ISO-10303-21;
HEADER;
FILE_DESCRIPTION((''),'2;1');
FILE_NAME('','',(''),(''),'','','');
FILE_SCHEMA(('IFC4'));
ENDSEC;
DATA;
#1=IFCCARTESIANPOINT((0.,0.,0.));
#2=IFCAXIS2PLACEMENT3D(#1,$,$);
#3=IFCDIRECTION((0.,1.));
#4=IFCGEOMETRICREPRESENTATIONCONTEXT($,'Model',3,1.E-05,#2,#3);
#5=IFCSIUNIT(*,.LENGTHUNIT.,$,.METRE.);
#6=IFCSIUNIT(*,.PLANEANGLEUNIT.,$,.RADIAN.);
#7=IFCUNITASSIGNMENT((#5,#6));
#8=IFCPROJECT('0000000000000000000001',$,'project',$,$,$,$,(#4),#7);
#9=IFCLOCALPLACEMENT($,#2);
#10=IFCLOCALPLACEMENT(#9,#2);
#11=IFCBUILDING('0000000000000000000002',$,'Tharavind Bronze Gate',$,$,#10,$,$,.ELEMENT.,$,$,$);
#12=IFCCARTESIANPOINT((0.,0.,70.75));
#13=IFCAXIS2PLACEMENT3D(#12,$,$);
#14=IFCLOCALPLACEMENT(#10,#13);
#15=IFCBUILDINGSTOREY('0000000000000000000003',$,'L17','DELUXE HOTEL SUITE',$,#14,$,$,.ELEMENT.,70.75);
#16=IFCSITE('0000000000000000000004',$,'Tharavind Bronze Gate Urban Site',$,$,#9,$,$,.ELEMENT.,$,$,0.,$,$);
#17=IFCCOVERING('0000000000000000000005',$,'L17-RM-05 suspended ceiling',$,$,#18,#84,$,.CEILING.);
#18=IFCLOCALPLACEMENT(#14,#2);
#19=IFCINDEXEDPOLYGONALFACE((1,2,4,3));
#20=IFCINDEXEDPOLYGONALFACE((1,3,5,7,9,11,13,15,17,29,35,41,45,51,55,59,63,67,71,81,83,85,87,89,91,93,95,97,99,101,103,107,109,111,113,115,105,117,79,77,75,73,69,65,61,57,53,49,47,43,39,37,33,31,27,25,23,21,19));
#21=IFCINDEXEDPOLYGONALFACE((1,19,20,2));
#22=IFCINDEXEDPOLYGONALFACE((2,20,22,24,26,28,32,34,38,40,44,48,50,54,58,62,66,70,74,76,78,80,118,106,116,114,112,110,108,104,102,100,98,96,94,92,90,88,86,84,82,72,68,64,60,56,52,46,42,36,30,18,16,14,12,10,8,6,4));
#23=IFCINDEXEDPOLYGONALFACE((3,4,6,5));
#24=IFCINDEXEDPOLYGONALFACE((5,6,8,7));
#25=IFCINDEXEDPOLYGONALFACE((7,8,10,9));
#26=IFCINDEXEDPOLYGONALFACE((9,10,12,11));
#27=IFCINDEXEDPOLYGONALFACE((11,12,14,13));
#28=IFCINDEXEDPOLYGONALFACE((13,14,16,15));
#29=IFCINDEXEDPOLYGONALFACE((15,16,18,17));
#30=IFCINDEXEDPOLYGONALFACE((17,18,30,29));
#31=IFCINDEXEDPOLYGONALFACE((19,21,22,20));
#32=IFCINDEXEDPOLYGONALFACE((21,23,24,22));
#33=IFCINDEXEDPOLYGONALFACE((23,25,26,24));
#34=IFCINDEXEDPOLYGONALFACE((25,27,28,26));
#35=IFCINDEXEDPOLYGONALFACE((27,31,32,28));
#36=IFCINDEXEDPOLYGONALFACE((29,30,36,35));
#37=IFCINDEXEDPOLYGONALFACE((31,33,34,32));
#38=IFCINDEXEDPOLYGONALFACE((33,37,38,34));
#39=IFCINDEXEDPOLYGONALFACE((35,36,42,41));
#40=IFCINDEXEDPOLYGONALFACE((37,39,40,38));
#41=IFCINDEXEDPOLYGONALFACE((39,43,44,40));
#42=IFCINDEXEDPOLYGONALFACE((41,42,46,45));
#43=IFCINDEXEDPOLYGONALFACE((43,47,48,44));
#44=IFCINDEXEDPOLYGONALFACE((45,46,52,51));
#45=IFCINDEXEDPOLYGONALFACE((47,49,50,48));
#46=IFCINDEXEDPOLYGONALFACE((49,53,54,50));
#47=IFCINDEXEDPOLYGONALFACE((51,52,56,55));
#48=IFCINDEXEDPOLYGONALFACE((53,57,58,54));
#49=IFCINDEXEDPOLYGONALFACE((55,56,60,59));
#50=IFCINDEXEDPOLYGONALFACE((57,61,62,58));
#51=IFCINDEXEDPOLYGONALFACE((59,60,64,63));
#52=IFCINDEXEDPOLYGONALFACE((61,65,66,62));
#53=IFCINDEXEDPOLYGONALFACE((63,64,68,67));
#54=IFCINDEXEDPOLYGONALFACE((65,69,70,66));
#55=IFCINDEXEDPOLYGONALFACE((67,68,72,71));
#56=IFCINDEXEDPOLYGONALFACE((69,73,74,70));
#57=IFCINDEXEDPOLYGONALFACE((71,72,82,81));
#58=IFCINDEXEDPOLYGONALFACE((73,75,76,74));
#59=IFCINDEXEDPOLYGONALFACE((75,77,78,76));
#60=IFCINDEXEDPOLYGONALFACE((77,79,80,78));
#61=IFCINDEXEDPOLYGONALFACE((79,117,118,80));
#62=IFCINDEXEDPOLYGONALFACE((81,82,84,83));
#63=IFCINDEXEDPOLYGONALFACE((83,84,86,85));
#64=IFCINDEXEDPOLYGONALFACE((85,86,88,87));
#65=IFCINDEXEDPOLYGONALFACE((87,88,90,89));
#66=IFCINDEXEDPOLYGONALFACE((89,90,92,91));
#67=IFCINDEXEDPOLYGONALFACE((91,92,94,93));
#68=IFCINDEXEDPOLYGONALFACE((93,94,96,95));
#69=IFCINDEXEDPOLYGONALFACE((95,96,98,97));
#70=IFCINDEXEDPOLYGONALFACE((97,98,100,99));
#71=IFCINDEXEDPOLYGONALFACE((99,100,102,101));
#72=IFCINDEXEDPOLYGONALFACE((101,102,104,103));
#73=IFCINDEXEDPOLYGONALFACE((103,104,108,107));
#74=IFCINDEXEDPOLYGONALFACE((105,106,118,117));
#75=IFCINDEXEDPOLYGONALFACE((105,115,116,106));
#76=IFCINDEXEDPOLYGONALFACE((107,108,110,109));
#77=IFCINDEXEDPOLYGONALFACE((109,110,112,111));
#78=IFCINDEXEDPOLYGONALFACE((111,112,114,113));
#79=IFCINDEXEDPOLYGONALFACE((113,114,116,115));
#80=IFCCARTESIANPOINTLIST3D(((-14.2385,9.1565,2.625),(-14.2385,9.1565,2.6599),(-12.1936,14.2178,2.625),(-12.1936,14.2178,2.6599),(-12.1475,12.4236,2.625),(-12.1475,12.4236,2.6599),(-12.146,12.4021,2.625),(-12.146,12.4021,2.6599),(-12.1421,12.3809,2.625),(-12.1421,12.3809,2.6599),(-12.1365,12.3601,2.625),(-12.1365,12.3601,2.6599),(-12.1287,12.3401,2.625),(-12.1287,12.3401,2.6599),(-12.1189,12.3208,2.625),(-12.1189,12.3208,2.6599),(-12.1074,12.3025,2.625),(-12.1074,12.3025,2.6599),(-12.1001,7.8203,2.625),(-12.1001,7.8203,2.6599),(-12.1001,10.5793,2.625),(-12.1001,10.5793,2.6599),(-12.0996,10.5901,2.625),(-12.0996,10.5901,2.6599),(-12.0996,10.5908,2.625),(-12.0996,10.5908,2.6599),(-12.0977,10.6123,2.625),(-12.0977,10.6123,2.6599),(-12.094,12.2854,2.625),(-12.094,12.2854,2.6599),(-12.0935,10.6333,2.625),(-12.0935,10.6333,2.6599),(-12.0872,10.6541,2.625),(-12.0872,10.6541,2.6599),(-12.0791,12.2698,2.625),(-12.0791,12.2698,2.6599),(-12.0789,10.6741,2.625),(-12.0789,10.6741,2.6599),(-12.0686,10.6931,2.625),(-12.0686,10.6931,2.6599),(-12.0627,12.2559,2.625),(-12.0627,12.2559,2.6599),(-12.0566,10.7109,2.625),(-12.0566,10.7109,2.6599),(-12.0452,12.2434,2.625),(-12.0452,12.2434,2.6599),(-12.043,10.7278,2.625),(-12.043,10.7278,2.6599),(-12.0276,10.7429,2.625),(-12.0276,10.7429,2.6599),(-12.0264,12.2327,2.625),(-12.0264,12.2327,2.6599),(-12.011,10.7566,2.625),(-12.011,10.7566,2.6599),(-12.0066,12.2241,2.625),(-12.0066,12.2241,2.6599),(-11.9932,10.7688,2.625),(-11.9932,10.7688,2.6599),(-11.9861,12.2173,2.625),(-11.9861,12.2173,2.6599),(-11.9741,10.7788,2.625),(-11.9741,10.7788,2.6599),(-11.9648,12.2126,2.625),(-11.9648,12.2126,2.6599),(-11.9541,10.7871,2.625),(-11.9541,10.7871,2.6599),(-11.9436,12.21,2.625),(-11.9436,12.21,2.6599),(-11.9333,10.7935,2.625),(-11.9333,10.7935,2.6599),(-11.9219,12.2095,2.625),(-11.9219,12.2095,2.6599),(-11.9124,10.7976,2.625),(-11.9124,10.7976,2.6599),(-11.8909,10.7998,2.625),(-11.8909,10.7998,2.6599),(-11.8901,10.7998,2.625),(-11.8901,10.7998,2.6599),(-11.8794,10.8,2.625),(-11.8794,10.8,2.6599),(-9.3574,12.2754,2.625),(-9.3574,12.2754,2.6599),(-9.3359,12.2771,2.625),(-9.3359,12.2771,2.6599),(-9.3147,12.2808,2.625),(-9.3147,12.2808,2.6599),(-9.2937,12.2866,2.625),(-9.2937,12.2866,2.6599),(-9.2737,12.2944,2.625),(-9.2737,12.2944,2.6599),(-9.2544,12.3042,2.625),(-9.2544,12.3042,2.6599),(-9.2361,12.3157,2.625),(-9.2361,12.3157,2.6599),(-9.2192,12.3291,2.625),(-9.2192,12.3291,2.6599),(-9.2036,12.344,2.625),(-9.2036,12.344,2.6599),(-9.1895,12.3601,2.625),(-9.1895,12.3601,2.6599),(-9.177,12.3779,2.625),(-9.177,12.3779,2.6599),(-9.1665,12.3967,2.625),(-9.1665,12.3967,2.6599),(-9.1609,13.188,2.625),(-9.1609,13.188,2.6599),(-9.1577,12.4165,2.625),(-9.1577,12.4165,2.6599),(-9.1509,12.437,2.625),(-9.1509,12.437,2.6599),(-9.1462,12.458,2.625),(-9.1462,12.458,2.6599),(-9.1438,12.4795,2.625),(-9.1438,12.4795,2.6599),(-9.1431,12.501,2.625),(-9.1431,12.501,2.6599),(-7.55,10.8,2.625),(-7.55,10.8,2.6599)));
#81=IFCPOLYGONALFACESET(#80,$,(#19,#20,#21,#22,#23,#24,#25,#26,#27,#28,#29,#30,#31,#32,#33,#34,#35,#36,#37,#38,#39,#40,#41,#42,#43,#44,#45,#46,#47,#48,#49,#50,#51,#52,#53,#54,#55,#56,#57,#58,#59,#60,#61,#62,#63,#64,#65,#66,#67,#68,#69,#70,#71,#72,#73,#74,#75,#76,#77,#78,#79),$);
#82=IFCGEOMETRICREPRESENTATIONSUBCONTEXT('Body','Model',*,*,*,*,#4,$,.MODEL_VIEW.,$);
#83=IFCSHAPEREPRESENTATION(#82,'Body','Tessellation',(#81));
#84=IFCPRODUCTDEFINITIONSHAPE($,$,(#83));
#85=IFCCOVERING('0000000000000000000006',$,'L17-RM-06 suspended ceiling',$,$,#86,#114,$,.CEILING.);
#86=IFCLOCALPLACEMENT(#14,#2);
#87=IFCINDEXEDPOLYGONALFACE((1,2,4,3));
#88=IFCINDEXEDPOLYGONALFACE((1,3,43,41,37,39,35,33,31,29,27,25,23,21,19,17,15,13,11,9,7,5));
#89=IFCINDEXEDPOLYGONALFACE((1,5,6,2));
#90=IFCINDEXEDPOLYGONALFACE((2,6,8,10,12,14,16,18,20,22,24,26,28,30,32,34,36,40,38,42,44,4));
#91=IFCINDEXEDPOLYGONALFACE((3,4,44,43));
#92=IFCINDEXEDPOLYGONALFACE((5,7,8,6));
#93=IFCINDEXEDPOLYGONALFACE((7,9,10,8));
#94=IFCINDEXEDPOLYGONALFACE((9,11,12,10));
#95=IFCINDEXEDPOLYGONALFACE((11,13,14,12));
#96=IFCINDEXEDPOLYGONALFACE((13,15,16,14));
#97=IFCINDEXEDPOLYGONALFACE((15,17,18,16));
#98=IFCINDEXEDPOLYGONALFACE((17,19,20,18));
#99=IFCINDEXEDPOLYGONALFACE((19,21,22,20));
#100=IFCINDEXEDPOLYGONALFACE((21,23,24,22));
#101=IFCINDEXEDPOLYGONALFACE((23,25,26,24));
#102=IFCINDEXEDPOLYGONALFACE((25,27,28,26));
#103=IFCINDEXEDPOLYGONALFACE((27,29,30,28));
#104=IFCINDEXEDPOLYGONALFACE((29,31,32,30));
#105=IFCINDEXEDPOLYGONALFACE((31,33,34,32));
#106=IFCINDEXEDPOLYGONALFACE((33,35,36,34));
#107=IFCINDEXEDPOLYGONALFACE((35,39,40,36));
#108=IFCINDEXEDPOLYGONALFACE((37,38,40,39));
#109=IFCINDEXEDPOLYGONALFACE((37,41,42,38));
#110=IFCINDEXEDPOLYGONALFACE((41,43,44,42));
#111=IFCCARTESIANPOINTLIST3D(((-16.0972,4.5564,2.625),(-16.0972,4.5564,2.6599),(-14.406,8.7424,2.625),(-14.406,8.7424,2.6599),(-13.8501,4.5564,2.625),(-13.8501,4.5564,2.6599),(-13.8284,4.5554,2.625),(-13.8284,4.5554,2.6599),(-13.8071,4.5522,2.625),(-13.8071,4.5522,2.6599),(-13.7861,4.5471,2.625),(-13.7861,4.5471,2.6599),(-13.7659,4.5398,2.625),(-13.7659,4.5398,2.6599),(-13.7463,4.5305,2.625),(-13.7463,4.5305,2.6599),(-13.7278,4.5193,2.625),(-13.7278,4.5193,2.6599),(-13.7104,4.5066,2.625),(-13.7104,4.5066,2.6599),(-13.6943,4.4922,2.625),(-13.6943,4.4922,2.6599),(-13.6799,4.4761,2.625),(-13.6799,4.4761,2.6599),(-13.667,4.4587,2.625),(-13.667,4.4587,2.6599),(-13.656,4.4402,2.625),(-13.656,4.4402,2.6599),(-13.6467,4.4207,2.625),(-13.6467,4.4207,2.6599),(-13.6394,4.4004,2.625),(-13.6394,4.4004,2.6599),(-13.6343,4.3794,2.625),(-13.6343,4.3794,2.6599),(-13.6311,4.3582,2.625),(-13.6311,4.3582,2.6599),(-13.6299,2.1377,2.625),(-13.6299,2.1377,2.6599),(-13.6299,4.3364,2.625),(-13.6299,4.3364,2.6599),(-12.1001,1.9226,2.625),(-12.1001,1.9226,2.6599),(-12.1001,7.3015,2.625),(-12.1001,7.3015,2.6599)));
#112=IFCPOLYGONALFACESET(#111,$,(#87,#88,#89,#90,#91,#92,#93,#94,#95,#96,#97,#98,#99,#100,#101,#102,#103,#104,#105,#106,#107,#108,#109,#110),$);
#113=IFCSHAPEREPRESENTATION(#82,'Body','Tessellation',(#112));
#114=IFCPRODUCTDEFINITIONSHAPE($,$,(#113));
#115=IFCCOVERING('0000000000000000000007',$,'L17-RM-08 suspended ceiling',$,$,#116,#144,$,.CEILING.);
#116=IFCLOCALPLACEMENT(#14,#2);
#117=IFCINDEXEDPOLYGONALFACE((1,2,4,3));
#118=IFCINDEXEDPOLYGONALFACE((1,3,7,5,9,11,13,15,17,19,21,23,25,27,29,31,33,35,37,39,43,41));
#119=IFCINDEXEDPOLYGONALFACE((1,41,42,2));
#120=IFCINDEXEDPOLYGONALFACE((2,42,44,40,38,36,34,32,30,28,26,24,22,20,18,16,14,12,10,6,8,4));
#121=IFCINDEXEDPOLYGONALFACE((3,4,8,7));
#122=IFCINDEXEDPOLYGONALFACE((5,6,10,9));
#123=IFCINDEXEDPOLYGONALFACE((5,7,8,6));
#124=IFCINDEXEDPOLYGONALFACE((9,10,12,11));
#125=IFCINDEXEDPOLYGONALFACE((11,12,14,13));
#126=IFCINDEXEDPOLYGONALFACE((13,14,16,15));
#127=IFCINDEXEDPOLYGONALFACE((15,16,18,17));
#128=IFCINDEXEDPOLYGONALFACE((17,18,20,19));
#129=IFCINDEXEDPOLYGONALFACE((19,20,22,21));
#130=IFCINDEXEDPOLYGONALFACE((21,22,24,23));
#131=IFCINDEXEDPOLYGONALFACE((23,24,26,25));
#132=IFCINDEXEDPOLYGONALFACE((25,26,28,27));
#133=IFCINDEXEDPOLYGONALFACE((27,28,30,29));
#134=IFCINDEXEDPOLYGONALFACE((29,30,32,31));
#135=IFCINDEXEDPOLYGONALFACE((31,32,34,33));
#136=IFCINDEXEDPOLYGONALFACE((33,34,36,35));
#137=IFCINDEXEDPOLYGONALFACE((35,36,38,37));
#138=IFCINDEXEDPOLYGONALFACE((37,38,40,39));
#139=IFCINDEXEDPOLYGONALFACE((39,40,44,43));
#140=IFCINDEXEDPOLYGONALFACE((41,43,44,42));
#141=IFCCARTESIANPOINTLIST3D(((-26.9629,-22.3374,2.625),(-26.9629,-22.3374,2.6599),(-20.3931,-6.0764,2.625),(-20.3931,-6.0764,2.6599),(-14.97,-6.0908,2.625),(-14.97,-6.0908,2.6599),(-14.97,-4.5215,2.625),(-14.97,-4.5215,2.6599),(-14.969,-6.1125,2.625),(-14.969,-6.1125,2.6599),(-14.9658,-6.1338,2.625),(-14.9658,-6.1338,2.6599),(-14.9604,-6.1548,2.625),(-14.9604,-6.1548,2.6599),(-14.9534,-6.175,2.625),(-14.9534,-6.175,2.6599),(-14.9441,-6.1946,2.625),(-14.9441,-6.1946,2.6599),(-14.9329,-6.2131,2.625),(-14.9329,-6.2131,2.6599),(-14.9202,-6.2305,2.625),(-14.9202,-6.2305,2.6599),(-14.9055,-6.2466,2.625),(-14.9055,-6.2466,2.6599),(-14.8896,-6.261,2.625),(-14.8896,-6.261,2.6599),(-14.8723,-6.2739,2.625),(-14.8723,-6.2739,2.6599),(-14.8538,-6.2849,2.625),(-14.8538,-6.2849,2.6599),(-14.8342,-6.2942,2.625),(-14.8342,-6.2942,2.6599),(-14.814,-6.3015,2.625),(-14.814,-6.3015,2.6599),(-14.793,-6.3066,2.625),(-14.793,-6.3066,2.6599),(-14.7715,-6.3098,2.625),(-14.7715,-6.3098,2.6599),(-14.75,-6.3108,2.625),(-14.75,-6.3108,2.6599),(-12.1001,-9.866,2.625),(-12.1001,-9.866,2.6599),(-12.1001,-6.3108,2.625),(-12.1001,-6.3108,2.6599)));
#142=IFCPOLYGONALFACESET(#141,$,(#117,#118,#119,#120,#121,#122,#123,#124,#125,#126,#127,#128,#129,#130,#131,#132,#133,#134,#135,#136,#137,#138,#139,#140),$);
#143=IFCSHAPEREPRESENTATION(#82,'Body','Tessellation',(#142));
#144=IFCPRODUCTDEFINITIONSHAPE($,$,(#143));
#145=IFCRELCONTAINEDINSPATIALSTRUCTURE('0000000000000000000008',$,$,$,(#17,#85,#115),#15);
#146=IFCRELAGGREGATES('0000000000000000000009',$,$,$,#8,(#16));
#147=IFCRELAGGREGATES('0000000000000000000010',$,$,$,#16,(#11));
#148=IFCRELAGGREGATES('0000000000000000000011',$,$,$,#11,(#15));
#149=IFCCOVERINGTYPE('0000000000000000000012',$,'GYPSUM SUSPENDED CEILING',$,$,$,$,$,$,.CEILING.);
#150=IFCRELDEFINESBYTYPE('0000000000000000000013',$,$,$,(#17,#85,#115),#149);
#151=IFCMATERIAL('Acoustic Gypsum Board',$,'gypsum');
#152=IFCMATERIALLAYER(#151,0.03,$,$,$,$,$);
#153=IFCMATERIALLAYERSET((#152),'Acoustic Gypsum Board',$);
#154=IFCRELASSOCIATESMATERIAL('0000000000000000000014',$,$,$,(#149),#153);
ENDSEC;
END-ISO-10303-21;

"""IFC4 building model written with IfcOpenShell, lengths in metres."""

from ifc_helpers import new_model, si_unit, direction, frame, origin, place, context, subcontext, project, spatial, polyline, outline, extrude, material, layer, layer_set, type_object, element, save


model = new_model("IFC4")

# Units and contexts
model_context = context("Model", 3, precision=1e-05, world=origin(), true_north=direction((0.0, 1.0)))
body_context = subcontext(model_context, "Body", "Model", "MODEL_VIEW")
ifc_project = project(units=[si_unit("LENGTHUNIT", "METRE"), si_unit("PLANEANGLEUNIT", "RADIAN")], contexts=[model_context])

# Site, building, storey
site_placement = place(None, origin())
site = spatial("IfcSite", under=ifc_project, at=site_placement, Name="Tharavind Bronze Gate Urban Site", CompositionType="ELEMENT", RefElevation=0.0)
building_placement = place(site_placement, origin())
building = spatial("IfcBuilding", under=site, at=building_placement, Name="Tharavind Bronze Gate", CompositionType="ELEMENT")
storey_placement = place(building_placement, frame((0.0, 0.0, 70.75)))
storey = spatial("IfcBuildingStorey", under=building, at=storey_placement, Name="L17", Description="DELUXE HOTEL SUITE", CompositionType="ELEMENT", Elevation=70.75)

# Coverings
ifc_material_1 = material(Name="Acoustic Gypsum Board", Category="gypsum")
ifc_layer_1 = layer(ifc_material_1, 0.03)
ifc_layer_set_1 = layer_set([ifc_layer_1], Name="Acoustic Gypsum Board")
covering_type_1 = type_object("IfcCoveringType", Name="GYPSUM SUSPENDED CEILING", PredefinedType="CEILING", material=ifc_layer_set_1)
covering_1_placement = place(storey_placement, frame((0.0, 0.0, 2.625)))
element("IfcCovering", 1, at=covering_1_placement, inside=storey, type_object=covering_type_1, Name="L17-RM-05 suspended ceiling", PredefinedType="CEILING", context=body_context, shape_type="SweptSolid", body=[
    extrude(outline(polyline([(-12.1001, 7.8203), (-12.1001, 10.5793), (-12.0996, 10.5901), (-12.0996, 10.5908), (-12.0977, 10.6123), (-12.0935, 10.6333), (-12.0872, 10.6541), (-12.0789, 10.6741), (-12.0686, 10.6931), (-12.0566, 10.7109), (-12.043, 10.7278), (-12.0276, 10.7429), (-12.011, 10.7566), (-11.9932, 10.7688), (-11.9741, 10.7788), (-11.9541, 10.7871), (-11.9333, 10.7935), (-11.9124, 10.7976), (-11.8909, 10.7998), (-11.8901, 10.7998), (-11.8794, 10.8), (-7.55, 10.8), (-9.1609, 13.188), (-9.1431, 12.501), (-9.1438, 12.4795), (-9.1462, 12.458), (-9.1509, 12.437), (-9.1577, 12.4165), (-9.1665, 12.3967), (-9.177, 12.3779), (-9.1895, 12.3601), (-9.2036, 12.344), (-9.2192, 12.3291), (-9.2361, 12.3157), (-9.2544, 12.3042), (-9.2737, 12.2944), (-9.2937, 12.2866), (-9.3147, 12.2808), (-9.3359, 12.2771), (-9.3574, 12.2754), (-11.9219, 12.2095), (-11.9436, 12.21), (-11.9648, 12.2126), (-11.9861, 12.2173), (-12.0066, 12.2241), (-12.0264, 12.2327), (-12.0452, 12.2434), (-12.0627, 12.2559), (-12.0791, 12.2698), (-12.094, 12.2854), (-12.1074, 12.3025), (-12.1189, 12.3208), (-12.1287, 12.3401), (-12.1365, 12.3601), (-12.1421, 12.3809), (-12.146, 12.4021), (-12.1475, 12.4236), (-12.1936, 14.2178), (-14.2385, 9.1565), (-12.1001, 7.8203)])), origin(), (0.0, 0.0, 1.0), 0.0349),
])
covering_2_placement = place(storey_placement, frame((0.0, 0.0, 2.625)))
element("IfcCovering", 2, at=covering_2_placement, inside=storey, type_object=covering_type_1, Name="L17-RM-06 suspended ceiling", PredefinedType="CEILING", context=body_context, shape_type="SweptSolid", body=[
    extrude(outline(polyline([(-16.0972, 4.5564), (-13.8501, 4.5564), (-13.8284, 4.5554), (-13.8071, 4.5522), (-13.7861, 4.5471), (-13.7659, 4.5398), (-13.7463, 4.5305), (-13.7278, 4.5193), (-13.7104, 4.5066), (-13.6943, 4.4922), (-13.6799, 4.4761), (-13.667, 4.4587), (-13.656, 4.4402), (-13.6467, 4.4207), (-13.6394, 4.4004), (-13.6343, 4.3794), (-13.6311, 4.3582), (-13.6299, 4.3364), (-13.6299, 2.1377), (-12.1001, 1.9226), (-12.1001, 7.3015), (-14.406, 8.7424), (-16.0972, 4.5564)])), origin(), (0.0, 0.0, 1.0), 0.0349),
])
covering_3_placement = place(storey_placement, frame((0.0, 0.0, 2.625)))
element("IfcCovering", 3, at=covering_3_placement, inside=storey, type_object=covering_type_1, Name="L17-RM-08 suspended ceiling", PredefinedType="CEILING", context=body_context, shape_type="SweptSolid", body=[
    extrude(outline(polyline([(-12.1001, -9.866), (-12.1001, -6.3108), (-14.75, -6.3108), (-14.7715, -6.3098), (-14.793, -6.3066), (-14.814, -6.3015), (-14.8342, -6.2942), (-14.8538, -6.2849), (-14.8723, -6.2739), (-14.8896, -6.261), (-14.9055, -6.2466), (-14.9202, -6.2305), (-14.9329, -6.2131), (-14.9441, -6.1946), (-14.9534, -6.175), (-14.9604, -6.1548), (-14.9658, -6.1338), (-14.969, -6.1125), (-14.97, -6.0908), (-14.97, -4.5215), (-20.3931, -6.0764), (-26.9629, -22.3374), (-12.1001, -9.866)])), origin(), (0.0, 0.0, 1.0), 0.0349),
])

save(model, "model.ifc")
